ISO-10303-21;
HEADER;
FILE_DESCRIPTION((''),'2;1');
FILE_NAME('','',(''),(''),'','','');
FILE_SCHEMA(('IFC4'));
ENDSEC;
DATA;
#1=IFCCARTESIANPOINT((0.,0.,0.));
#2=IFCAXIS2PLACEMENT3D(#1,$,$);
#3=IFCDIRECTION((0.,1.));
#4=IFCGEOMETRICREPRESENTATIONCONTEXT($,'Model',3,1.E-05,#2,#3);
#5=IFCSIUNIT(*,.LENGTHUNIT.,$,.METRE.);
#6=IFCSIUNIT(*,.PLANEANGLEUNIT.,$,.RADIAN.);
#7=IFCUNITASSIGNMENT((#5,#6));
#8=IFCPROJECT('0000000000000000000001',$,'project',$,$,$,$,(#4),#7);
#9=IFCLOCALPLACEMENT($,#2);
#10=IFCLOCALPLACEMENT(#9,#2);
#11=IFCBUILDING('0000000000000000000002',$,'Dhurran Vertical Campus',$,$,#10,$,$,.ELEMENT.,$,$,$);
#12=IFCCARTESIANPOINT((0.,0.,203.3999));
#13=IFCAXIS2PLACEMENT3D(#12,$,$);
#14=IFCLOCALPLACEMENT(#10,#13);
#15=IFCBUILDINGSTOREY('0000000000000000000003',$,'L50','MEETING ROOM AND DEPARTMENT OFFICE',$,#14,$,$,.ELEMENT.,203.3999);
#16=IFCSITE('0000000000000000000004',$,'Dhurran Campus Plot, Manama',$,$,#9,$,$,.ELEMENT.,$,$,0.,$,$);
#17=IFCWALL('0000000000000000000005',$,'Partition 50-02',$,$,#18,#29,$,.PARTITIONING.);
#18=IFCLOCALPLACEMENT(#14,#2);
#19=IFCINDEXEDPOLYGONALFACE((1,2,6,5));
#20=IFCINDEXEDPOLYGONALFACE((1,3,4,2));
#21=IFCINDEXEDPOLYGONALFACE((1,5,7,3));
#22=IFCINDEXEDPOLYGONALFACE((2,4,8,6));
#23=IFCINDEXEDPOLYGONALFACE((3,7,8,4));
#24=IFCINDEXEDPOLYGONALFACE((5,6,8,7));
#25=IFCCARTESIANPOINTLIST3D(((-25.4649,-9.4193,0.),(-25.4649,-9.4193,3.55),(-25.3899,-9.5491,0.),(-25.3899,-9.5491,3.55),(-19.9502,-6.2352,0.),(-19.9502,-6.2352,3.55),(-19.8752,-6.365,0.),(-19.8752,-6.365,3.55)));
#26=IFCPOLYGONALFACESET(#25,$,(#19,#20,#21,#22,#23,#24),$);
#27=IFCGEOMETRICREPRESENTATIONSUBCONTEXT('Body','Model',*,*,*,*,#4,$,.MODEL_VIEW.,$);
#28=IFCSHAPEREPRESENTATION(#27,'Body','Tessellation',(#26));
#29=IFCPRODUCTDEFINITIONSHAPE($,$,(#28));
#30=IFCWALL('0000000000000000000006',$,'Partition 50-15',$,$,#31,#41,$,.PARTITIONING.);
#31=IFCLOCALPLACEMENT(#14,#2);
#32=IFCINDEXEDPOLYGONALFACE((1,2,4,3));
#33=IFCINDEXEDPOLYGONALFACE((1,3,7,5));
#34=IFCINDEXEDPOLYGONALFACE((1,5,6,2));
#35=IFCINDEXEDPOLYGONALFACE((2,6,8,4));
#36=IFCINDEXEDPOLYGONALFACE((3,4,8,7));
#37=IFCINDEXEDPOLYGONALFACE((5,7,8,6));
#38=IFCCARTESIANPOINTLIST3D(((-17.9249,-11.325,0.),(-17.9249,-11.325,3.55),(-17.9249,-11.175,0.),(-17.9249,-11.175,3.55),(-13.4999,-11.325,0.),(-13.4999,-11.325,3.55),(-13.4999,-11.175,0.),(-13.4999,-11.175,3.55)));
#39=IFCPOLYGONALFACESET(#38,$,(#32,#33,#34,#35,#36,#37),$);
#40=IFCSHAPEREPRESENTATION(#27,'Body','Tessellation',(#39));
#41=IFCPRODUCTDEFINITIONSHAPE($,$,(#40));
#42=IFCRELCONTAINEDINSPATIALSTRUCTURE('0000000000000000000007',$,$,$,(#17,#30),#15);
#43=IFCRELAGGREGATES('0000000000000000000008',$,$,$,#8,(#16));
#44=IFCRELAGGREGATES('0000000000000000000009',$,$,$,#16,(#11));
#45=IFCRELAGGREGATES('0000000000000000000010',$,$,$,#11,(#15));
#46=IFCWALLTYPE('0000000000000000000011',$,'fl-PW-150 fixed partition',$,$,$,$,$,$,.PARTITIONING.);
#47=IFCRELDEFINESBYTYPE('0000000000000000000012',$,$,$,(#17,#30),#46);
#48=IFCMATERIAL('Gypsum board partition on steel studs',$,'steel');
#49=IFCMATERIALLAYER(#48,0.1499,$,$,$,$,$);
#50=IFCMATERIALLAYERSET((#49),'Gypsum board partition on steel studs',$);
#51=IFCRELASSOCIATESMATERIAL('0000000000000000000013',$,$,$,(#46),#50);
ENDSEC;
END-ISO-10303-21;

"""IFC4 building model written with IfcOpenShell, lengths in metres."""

from ifc_helpers import new_model, si_unit, direction, frame, frame_2d, origin, place, context, subcontext, project, spatial, rectangle, extrude, material, layer, layer_set, type_object, element, save


model = new_model("IFC4")

# Units and contexts
model_context = context("Model", 3, precision=1e-05, world=origin(), true_north=direction((0.0, 1.0)))
body_context = subcontext(model_context, "Body", "Model", "MODEL_VIEW")
ifc_project = project(units=[si_unit("LENGTHUNIT", "METRE"), si_unit("PLANEANGLEUNIT", "RADIAN")], contexts=[model_context])

# Site, building, storey
site_placement = place(None, origin())
site = spatial("IfcSite", under=ifc_project, at=site_placement, Name="Dhurran Campus Plot, Manama", CompositionType="ELEMENT", RefElevation=0.0)
building_placement = place(site_placement, origin())
building = spatial("IfcBuilding", under=site, at=building_placement, Name="Dhurran Vertical Campus", CompositionType="ELEMENT")
storey_placement = place(building_placement, frame((0.0, 0.0, 203.3999)))
storey = spatial("IfcBuildingStorey", under=building, at=storey_placement, Name="L50", Description="MEETING ROOM AND DEPARTMENT OFFICE", CompositionType="ELEMENT", Elevation=203.3999)

# Walls
ifc_material_1 = material(Name="Gypsum board partition on steel studs", Category="steel")
ifc_layer_1 = layer(ifc_material_1, 0.1499)
ifc_layer_set_1 = layer_set([ifc_layer_1], Name="Gypsum board partition on steel studs")
wall_type_1 = type_object("IfcWallType", Name="fl-PW-150 fixed partition", PredefinedType="PARTITIONING", material=ifc_layer_set_1)
wall_1_placement = place(storey_placement, frame((-19.9126, -6.3, 0.0), z_axis=(0.0, 0.0, 1.0), x_axis=(-0.866012, -0.500023, 0.0)))
element("IfcWall", 1, at=wall_1_placement, inside=storey, type_object=wall_type_1, Name="Partition 50-02", PredefinedType="PARTITIONING", context=body_context, shape_type="SweptSolid", body=[
    extrude(rectangle(XDim=6.3679, YDim=0.1499, at=frame_2d((3.1841, 0.0))), origin(), (0.0, 0.0, 1.0), 3.55),
])
wall_2_placement = place(storey_placement, frame((-13.5, -11.25, 0.0), z_axis=(0.0, 0.0, 1.0), x_axis=(-1.0, 0.0, 0.0)))
element("IfcWall", 2, at=wall_2_placement, inside=storey, type_object=wall_type_1, Name="Partition 50-15", PredefinedType="PARTITIONING", context=body_context, shape_type="SweptSolid", body=[
    extrude(rectangle(XDim=4.425, YDim=0.1499, at=frame_2d((2.2124, 0.0))), origin(), (0.0, 0.0, 1.0), 3.55),
])

save(model, "model.ifc")
